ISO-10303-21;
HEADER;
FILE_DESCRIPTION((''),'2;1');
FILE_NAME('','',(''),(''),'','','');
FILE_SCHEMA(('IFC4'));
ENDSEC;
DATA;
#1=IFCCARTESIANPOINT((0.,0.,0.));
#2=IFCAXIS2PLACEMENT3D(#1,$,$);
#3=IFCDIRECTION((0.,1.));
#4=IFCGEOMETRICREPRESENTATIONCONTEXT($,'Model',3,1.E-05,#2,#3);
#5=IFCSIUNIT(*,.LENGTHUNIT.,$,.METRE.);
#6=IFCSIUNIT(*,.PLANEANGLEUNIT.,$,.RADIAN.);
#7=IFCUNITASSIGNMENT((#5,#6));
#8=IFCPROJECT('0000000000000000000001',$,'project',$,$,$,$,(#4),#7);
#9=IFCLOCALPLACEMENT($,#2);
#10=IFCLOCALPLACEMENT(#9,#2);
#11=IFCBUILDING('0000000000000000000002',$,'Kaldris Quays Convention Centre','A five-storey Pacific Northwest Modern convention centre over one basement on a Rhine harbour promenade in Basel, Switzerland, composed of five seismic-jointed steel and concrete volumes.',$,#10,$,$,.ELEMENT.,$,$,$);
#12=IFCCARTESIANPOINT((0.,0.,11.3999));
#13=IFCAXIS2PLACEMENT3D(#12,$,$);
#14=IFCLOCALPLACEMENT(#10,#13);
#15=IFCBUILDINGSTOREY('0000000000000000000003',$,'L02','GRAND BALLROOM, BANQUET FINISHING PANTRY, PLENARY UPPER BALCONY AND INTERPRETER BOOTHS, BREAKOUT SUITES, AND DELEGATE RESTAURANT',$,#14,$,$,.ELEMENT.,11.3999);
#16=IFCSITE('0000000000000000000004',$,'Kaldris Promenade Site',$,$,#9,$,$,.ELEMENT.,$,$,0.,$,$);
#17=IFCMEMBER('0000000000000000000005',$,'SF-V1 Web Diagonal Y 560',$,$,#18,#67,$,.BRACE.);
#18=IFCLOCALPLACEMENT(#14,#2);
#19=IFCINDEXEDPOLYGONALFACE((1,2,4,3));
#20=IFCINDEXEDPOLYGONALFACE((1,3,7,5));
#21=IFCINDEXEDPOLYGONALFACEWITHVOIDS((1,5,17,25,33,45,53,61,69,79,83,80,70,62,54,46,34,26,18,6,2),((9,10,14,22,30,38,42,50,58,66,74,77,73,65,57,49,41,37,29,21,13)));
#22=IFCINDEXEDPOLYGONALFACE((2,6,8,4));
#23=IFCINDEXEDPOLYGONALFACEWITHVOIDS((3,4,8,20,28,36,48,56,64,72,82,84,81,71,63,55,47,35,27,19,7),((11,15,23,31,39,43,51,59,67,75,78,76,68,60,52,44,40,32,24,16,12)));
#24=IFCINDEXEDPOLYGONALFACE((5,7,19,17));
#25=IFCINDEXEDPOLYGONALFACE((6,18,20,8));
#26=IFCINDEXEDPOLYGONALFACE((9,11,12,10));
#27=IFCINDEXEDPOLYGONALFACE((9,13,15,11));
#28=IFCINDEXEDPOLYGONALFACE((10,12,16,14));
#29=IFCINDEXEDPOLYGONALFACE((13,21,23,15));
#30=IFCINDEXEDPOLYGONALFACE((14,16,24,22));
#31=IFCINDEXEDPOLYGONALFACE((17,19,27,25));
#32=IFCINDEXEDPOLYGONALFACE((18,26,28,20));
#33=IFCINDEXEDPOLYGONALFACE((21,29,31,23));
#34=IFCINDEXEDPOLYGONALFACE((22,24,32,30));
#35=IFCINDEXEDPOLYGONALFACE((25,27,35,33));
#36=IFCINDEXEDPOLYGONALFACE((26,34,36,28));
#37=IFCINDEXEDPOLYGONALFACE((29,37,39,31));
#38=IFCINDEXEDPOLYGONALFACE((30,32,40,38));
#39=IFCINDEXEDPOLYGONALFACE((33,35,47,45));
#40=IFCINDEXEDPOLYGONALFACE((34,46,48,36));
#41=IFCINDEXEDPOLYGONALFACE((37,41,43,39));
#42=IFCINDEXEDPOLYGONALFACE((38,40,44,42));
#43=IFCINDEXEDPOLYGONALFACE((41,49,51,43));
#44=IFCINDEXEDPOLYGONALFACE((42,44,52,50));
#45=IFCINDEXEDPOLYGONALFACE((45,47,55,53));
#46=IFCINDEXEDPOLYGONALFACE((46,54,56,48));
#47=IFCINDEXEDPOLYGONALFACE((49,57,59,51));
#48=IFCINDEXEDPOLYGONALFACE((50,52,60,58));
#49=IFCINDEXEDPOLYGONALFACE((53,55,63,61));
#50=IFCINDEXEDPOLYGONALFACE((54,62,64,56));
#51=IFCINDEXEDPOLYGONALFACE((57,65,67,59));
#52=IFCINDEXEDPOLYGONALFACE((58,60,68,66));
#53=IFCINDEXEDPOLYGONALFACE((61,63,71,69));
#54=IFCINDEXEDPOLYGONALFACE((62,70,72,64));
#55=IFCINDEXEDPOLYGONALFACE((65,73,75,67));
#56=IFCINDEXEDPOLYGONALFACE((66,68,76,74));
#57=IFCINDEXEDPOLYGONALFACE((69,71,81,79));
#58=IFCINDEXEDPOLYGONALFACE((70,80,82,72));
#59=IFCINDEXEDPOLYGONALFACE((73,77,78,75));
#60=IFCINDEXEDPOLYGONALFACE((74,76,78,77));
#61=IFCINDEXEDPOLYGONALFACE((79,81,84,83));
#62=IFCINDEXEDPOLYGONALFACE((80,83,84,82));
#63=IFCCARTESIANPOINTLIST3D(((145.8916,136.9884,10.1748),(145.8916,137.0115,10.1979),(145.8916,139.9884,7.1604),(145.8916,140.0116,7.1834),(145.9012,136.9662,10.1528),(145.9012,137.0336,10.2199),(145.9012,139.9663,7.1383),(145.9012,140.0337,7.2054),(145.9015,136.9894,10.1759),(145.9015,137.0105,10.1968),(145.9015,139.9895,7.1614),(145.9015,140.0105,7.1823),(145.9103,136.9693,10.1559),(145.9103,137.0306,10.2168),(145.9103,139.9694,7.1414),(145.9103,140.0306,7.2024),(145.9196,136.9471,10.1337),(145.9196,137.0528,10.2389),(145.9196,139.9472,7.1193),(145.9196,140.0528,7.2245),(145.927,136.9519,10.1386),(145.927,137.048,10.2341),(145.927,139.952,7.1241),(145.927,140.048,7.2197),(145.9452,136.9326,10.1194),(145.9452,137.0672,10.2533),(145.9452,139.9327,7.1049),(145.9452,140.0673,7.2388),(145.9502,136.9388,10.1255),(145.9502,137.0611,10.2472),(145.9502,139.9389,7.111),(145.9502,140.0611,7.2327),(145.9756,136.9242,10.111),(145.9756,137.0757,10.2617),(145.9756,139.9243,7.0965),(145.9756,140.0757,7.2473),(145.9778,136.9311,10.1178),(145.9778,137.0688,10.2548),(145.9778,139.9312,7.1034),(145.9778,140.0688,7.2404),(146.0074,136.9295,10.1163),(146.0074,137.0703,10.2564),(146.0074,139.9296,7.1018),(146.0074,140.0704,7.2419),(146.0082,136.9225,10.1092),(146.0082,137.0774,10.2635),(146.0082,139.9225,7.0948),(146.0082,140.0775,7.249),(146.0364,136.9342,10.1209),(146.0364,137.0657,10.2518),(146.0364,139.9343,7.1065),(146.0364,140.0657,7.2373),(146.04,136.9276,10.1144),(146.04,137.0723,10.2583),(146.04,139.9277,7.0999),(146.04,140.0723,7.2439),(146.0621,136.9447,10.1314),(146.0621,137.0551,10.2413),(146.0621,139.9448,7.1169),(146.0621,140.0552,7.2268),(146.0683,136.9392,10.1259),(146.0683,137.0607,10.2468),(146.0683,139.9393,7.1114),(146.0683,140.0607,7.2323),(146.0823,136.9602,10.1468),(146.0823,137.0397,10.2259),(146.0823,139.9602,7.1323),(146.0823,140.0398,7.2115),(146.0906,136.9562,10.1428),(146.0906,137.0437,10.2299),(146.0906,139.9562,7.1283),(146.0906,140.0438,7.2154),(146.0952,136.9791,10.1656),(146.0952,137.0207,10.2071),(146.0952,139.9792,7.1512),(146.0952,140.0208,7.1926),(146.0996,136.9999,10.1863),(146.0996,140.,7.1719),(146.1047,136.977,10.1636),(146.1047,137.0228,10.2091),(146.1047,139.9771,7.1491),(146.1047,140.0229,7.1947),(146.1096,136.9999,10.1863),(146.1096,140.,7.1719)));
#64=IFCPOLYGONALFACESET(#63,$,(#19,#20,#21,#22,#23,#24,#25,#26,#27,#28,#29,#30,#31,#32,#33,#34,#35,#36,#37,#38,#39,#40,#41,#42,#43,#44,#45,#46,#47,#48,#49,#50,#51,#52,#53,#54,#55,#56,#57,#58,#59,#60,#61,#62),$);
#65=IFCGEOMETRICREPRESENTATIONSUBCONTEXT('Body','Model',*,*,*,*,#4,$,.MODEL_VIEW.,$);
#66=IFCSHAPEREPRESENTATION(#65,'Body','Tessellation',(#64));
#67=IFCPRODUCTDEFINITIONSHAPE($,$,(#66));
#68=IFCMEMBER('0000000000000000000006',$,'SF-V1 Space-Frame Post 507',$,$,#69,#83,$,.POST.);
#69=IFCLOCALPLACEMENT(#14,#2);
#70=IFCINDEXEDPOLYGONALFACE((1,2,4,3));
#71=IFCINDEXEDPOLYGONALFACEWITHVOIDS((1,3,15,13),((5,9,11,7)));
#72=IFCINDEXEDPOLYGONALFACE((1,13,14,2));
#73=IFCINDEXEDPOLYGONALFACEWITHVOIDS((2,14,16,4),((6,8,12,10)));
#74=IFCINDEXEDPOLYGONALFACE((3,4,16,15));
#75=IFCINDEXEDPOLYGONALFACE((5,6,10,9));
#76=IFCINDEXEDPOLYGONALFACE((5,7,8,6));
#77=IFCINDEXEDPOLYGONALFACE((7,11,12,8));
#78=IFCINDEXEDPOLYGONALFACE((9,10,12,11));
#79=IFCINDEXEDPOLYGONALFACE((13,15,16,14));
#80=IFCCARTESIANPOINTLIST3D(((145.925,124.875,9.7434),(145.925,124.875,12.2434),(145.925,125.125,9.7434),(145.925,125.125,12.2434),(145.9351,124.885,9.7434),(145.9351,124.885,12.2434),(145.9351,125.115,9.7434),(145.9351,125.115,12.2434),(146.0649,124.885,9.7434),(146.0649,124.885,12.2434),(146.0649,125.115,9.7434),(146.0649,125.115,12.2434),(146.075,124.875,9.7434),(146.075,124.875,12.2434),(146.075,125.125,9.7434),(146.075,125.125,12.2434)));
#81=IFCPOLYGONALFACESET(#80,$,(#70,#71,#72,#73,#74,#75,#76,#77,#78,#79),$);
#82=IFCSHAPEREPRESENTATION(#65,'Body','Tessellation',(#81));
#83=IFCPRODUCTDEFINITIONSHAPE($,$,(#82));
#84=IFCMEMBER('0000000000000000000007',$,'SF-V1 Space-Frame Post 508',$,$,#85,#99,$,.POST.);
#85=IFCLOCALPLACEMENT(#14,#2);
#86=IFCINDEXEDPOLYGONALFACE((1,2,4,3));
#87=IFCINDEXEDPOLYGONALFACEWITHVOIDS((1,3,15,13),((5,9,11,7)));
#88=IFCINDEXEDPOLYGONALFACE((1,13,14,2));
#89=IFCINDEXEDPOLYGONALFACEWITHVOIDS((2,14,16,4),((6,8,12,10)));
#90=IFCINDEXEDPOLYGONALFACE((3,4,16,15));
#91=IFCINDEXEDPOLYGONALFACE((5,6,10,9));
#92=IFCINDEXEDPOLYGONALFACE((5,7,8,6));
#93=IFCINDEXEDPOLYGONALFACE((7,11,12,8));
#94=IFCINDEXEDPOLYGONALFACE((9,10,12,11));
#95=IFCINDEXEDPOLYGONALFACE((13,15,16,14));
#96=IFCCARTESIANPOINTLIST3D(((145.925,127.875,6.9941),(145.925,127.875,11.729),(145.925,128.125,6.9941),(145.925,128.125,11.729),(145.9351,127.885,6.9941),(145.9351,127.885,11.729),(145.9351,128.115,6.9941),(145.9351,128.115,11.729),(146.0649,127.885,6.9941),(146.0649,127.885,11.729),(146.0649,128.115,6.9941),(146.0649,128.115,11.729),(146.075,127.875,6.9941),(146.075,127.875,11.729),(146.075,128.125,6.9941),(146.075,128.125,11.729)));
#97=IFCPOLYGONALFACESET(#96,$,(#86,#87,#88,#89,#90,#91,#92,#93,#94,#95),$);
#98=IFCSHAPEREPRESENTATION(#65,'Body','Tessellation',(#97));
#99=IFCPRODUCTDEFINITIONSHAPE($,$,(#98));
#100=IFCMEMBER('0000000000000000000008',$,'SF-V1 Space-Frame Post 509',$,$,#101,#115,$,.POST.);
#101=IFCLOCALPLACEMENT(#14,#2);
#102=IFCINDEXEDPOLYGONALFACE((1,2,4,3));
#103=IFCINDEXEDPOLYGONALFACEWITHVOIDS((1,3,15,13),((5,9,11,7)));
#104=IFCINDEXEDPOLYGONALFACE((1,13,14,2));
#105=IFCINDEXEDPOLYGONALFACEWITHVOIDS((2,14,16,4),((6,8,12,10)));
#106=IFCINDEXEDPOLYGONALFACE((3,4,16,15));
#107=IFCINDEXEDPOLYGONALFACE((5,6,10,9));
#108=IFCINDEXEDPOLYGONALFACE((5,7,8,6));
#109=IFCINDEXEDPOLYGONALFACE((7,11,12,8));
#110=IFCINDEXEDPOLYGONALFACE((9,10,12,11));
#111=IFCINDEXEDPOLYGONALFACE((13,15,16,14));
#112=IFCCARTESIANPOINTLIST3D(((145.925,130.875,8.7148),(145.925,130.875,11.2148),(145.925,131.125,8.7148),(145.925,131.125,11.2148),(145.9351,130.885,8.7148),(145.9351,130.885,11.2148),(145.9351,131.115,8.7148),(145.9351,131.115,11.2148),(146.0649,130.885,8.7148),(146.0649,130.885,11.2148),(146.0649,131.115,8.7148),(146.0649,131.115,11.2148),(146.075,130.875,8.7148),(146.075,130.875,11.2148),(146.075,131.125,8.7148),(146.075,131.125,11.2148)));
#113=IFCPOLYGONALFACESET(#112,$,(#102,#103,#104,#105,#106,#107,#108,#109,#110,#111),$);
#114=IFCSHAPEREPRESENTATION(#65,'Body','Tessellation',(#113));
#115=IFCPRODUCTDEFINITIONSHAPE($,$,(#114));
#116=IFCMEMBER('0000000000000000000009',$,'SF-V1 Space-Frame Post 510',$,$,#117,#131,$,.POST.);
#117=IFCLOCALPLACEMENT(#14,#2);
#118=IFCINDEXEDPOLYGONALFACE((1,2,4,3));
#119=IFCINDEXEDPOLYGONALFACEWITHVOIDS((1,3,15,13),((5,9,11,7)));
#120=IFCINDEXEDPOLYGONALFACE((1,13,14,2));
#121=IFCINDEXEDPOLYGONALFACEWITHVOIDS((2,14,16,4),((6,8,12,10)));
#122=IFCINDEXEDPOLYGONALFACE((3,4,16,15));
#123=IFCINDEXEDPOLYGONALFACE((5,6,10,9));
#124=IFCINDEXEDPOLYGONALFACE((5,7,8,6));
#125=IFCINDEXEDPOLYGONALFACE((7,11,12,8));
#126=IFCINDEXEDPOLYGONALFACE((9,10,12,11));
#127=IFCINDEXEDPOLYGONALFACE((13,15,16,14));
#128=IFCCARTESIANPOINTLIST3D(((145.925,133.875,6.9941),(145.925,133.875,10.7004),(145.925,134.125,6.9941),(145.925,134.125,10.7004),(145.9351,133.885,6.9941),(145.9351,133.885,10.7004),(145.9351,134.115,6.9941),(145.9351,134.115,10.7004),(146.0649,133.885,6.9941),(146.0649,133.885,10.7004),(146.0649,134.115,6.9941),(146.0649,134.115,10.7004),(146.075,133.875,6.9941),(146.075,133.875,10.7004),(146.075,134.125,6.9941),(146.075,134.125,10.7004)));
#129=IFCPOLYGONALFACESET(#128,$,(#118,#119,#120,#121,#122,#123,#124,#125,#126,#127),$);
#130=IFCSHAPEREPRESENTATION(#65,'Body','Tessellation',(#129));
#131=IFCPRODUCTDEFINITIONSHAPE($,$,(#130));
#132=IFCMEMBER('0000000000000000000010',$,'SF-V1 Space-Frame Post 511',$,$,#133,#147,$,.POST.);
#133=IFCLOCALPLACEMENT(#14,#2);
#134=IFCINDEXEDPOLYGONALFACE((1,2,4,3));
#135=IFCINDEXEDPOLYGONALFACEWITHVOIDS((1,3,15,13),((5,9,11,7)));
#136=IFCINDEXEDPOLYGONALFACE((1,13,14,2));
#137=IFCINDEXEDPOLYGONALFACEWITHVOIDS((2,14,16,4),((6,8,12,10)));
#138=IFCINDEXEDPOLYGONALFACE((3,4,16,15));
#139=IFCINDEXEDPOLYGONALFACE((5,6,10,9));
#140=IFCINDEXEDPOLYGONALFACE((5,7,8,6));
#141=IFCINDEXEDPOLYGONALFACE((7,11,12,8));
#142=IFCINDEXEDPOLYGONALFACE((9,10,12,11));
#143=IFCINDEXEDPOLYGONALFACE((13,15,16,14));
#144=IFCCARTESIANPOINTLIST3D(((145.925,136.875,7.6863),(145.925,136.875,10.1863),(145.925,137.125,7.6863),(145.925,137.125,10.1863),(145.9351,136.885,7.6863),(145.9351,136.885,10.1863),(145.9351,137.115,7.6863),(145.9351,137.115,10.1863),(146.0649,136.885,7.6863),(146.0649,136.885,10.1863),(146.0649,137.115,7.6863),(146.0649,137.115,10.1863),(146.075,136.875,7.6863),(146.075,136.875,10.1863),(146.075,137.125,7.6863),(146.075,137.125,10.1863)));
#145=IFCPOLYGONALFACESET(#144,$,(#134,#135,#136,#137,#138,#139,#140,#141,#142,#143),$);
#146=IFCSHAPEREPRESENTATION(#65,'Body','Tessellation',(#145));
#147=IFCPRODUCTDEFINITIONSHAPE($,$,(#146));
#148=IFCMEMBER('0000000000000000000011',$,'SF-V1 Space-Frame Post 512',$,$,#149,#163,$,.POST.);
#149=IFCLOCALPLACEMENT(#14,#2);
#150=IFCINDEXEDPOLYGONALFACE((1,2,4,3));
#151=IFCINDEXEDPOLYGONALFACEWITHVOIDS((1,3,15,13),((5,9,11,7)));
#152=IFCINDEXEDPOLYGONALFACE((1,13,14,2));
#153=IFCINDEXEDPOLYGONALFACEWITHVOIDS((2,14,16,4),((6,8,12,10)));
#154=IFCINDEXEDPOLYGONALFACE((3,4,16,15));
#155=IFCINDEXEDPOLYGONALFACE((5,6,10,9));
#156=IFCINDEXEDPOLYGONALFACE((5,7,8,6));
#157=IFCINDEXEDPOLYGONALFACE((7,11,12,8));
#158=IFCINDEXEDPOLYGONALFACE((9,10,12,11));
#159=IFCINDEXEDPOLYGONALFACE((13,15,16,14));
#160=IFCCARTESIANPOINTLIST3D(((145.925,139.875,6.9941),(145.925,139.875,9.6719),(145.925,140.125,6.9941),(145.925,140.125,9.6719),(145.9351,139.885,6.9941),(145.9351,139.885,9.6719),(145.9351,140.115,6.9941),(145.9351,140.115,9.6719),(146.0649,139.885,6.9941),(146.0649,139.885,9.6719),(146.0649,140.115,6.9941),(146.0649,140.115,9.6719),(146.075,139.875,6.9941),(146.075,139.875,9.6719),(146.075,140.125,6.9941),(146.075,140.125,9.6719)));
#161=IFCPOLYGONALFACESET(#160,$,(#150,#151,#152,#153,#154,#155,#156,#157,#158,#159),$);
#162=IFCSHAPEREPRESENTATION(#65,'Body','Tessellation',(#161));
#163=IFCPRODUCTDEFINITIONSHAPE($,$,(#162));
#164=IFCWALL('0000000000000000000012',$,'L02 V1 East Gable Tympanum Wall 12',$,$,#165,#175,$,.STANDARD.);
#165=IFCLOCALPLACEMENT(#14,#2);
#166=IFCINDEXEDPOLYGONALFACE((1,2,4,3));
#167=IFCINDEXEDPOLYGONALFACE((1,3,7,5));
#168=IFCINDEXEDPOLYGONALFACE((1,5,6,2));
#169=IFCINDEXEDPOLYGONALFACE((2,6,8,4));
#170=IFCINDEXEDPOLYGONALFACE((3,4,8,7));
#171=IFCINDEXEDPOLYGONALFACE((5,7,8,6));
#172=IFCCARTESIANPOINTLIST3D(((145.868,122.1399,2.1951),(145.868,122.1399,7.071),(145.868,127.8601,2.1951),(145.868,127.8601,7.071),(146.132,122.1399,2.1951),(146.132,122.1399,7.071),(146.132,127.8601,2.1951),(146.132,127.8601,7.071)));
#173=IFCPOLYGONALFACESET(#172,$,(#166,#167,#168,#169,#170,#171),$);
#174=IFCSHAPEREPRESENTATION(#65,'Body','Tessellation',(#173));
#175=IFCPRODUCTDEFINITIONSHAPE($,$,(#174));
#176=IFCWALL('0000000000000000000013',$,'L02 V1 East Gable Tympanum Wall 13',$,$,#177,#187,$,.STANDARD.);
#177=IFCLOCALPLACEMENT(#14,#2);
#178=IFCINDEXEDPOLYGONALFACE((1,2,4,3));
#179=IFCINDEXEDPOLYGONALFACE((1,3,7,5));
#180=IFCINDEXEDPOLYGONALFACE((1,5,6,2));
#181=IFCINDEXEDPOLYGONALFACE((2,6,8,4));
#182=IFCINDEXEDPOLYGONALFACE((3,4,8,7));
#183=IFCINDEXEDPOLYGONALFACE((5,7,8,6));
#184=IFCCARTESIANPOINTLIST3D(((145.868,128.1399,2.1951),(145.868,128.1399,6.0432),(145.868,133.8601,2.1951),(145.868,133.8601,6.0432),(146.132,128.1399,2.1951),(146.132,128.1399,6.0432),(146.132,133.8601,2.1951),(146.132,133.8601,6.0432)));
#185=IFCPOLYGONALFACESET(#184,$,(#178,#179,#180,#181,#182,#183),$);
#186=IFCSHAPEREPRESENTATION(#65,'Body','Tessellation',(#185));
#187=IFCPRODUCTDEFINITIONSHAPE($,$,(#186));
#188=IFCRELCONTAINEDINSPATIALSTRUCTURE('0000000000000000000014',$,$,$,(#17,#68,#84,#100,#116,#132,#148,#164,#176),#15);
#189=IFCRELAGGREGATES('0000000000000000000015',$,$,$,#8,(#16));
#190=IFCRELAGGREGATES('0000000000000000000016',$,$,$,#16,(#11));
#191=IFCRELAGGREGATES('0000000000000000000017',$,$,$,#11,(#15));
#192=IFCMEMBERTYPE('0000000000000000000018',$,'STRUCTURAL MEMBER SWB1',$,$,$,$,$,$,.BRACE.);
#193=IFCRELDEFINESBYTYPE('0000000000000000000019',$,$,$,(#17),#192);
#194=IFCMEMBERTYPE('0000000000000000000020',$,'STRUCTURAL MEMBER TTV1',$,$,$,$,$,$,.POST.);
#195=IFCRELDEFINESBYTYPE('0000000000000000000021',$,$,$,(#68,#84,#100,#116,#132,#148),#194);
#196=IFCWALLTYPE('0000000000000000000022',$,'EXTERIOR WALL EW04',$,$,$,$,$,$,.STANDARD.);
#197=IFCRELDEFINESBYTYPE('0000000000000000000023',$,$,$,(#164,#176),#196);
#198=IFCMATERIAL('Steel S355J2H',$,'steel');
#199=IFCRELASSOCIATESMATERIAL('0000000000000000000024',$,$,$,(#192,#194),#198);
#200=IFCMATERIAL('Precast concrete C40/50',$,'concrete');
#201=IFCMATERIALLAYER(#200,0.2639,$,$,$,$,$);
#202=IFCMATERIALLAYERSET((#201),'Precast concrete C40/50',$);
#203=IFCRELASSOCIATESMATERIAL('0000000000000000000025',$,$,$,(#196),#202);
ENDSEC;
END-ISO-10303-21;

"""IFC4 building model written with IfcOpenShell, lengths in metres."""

from ifc_helpers import new_model, si_unit, direction, frame, frame_2d, origin, origin_2d, place, context, subcontext, project, spatial, rectangle, hollow_rectangle, hollow_circle, extrude, material, layer, layer_set, material_profile, profile_set, type_object, element, save


model = new_model("IFC4")

# Units and contexts
model_context = context("Model", 3, precision=1e-05, world=origin(), true_north=direction((0.0, 1.0)))
body_context = subcontext(model_context, "Body", "Model", "MODEL_VIEW")
ifc_project = project(units=[si_unit("LENGTHUNIT", "METRE"), si_unit("PLANEANGLEUNIT", "RADIAN")], contexts=[model_context])

# Site, building, storey
site_placement = place(None, origin())
site = spatial("IfcSite", under=ifc_project, at=site_placement, Name="Kaldris Promenade Site", CompositionType="ELEMENT", RefElevation=0.0)
building_placement = place(site_placement, origin())
building = spatial("IfcBuilding", under=site, at=building_placement, Name="Kaldris Quays Convention Centre", Description="A five-storey Pacific Northwest Modern convention centre over one basement on a Rhine harbour promenade in Basel, Switzerland, composed of five seismic-jointed steel and concrete volumes.", CompositionType="ELEMENT")
storey_placement = place(building_placement, frame((0.0, 0.0, 11.3999)))
storey = spatial("IfcBuildingStorey", under=building, at=storey_placement, Name="L02", Description="GRAND BALLROOM, BANQUET FINISHING PANTRY, PLENARY UPPER BALCONY AND INTERPRETER BOOTHS, BREAKOUT SUITES, AND DELEGATE RESTAURANT", CompositionType="ELEMENT", Elevation=11.3999)

# Members
ifc_material_1 = material(Name="Steel S355J2H", Category="steel")
ifc_material_profile_1 = material_profile(ifc_material_1, hollow_circle(Radius=0.1096, WallThickness=0.01, at=origin_2d()), Name="CHS 219.1x10")
ifc_profile_set_1 = profile_set([ifc_material_profile_1], Name="Steel S355J2H")
member_type_1 = type_object("IfcMemberType", Name="STRUCTURAL MEMBER SWB1", PredefinedType="BRACE", material=ifc_profile_set_1)
member_1_placement = place(storey_placement, frame((146.0, 140.0, 7.1719), z_axis=(0.0, -0.705411, 0.708798), x_axis=(1.0, 0.0, 0.0)))
element("IfcMember", 1, at=member_1_placement, inside=storey, type_object=member_type_1, Name="SF-V1 Web Diagonal Y 560", PredefinedType="BRACE", context=body_context, shape_type="SweptSolid", body=[
    extrude(hollow_circle(Radius=0.1096, WallThickness=0.01, at=origin_2d()), origin(), (0.0, 0.0, 1.0), 4.2529),
])
ifc_material_profile_2 = material_profile(ifc_material_1, hollow_rectangle(XDim=0.1499, YDim=0.25, WallThickness=0.01, at=origin_2d()), Name="RHS 250x150x10")
ifc_profile_set_2 = profile_set([ifc_material_profile_2], Name="Steel S355J2H")
member_type_2 = type_object("IfcMemberType", Name="STRUCTURAL MEMBER TTV1", PredefinedType="POST", material=ifc_profile_set_2)
member_2_placement = place(storey_placement, frame((146.0, 125.0, 9.7434), z_axis=(0.0, 0.0, 1.0), x_axis=(1.0, 0.0, 0.0)))
element("IfcMember", 2, at=member_2_placement, inside=storey, type_object=member_type_2, Name="SF-V1 Space-Frame Post 507", PredefinedType="POST", context=body_context, shape_type="SweptSolid", body=[
    extrude(hollow_rectangle(XDim=0.1499, YDim=0.25, WallThickness=0.01, at=origin_2d()), origin(), (0.0, 0.0, 1.0), 2.5),
])
member_3_placement = place(storey_placement, frame((146.0, 128.0, 6.9941), z_axis=(0.0, 0.0, 1.0), x_axis=(1.0, 0.0, 0.0)))
element("IfcMember", 3, at=member_3_placement, inside=storey, type_object=member_type_2, Name="SF-V1 Space-Frame Post 508", PredefinedType="POST", context=body_context, shape_type="SweptSolid", body=[
    extrude(hollow_rectangle(XDim=0.1499, YDim=0.25, WallThickness=0.01, at=origin_2d()), origin(), (0.0, 0.0, 1.0), 4.7349),
])
member_4_placement = place(storey_placement, frame((146.0, 131.0, 8.7148), z_axis=(0.0, 0.0, 1.0), x_axis=(1.0, 0.0, 0.0)))
element("IfcMember", 4, at=member_4_placement, inside=storey, type_object=member_type_2, Name="SF-V1 Space-Frame Post 509", PredefinedType="POST", context=body_context, shape_type="SweptSolid", body=[
    extrude(hollow_rectangle(XDim=0.1499, YDim=0.25, WallThickness=0.01, at=origin_2d()), origin(), (0.0, 0.0, 1.0), 2.5),
])
member_5_placement = place(storey_placement, frame((146.0, 134.0, 6.9941), z_axis=(0.0, 0.0, 1.0), x_axis=(1.0, 0.0, 0.0)))
element("IfcMember", 5, at=member_5_placement, inside=storey, type_object=member_type_2, Name="SF-V1 Space-Frame Post 510", PredefinedType="POST", context=body_context, shape_type="SweptSolid", body=[
    extrude(hollow_rectangle(XDim=0.1499, YDim=0.25, WallThickness=0.01, at=origin_2d()), origin(), (0.0, 0.0, 1.0), 3.7063),
])
member_6_placement = place(storey_placement, frame((146.0, 137.0, 7.6863), z_axis=(0.0, 0.0, 1.0), x_axis=(1.0, 0.0, 0.0)))
element("IfcMember", 6, at=member_6_placement, inside=storey, type_object=member_type_2, Name="SF-V1 Space-Frame Post 511", PredefinedType="POST", context=body_context, shape_type="SweptSolid", body=[
    extrude(hollow_rectangle(XDim=0.1499, YDim=0.25, WallThickness=0.01, at=origin_2d()), origin(), (0.0, 0.0, 1.0), 2.5),
])
member_7_placement = place(storey_placement, frame((146.0, 140.0, 6.9941), z_axis=(0.0, 0.0, 1.0), x_axis=(1.0, 0.0, 0.0)))
element("IfcMember", 7, at=member_7_placement, inside=storey, type_object=member_type_2, Name="SF-V1 Space-Frame Post 512", PredefinedType="POST", context=body_context, shape_type="SweptSolid", body=[
    extrude(hollow_rectangle(XDim=0.1499, YDim=0.25, WallThickness=0.01, at=origin_2d()), origin(), (0.0, 0.0, 1.0), 2.6777),
])

# Walls
ifc_material_2 = material(Name="Precast concrete C40/50", Category="concrete")
ifc_layer = layer(ifc_material_2, 0.2639)
ifc_layer_set = layer_set([ifc_layer], Name="Precast concrete C40/50")
wall_type = type_object("IfcWallType", Name="EXTERIOR WALL EW04", PredefinedType="STANDARD", material=ifc_layer_set)
wall_1_placement = place(storey_placement, frame((146.0, 122.1399, 2.1951), z_axis=(0.0, 0.0, 1.0), x_axis=(0.0, 1.0, 0.0)))
element("IfcWall", 8, at=wall_1_placement, inside=storey, type_object=wall_type, Name="L02 V1 East Gable Tympanum Wall 12", PredefinedType="STANDARD", context=body_context, shape_type="SweptSolid", body=[
    extrude(rectangle(XDim=5.7202, YDim=0.2639, at=frame_2d((2.8601, 0.0))), origin(), (0.0, 0.0, 1.0), 4.876),
])
wall_2_placement = place(storey_placement, frame((146.0, 128.1399, 2.1951), z_axis=(0.0, 0.0, 1.0), x_axis=(0.0, 1.0, 0.0)))
element("IfcWall", 9, at=wall_2_placement, inside=storey, type_object=wall_type, Name="L02 V1 East Gable Tympanum Wall 13", PredefinedType="STANDARD", context=body_context, shape_type="SweptSolid", body=[
    extrude(rectangle(XDim=5.7202, YDim=0.2639, at=frame_2d((2.8601, 0.0))), origin(), (0.0, 0.0, 1.0), 3.8481),
])

save(model, "model.ifc")
